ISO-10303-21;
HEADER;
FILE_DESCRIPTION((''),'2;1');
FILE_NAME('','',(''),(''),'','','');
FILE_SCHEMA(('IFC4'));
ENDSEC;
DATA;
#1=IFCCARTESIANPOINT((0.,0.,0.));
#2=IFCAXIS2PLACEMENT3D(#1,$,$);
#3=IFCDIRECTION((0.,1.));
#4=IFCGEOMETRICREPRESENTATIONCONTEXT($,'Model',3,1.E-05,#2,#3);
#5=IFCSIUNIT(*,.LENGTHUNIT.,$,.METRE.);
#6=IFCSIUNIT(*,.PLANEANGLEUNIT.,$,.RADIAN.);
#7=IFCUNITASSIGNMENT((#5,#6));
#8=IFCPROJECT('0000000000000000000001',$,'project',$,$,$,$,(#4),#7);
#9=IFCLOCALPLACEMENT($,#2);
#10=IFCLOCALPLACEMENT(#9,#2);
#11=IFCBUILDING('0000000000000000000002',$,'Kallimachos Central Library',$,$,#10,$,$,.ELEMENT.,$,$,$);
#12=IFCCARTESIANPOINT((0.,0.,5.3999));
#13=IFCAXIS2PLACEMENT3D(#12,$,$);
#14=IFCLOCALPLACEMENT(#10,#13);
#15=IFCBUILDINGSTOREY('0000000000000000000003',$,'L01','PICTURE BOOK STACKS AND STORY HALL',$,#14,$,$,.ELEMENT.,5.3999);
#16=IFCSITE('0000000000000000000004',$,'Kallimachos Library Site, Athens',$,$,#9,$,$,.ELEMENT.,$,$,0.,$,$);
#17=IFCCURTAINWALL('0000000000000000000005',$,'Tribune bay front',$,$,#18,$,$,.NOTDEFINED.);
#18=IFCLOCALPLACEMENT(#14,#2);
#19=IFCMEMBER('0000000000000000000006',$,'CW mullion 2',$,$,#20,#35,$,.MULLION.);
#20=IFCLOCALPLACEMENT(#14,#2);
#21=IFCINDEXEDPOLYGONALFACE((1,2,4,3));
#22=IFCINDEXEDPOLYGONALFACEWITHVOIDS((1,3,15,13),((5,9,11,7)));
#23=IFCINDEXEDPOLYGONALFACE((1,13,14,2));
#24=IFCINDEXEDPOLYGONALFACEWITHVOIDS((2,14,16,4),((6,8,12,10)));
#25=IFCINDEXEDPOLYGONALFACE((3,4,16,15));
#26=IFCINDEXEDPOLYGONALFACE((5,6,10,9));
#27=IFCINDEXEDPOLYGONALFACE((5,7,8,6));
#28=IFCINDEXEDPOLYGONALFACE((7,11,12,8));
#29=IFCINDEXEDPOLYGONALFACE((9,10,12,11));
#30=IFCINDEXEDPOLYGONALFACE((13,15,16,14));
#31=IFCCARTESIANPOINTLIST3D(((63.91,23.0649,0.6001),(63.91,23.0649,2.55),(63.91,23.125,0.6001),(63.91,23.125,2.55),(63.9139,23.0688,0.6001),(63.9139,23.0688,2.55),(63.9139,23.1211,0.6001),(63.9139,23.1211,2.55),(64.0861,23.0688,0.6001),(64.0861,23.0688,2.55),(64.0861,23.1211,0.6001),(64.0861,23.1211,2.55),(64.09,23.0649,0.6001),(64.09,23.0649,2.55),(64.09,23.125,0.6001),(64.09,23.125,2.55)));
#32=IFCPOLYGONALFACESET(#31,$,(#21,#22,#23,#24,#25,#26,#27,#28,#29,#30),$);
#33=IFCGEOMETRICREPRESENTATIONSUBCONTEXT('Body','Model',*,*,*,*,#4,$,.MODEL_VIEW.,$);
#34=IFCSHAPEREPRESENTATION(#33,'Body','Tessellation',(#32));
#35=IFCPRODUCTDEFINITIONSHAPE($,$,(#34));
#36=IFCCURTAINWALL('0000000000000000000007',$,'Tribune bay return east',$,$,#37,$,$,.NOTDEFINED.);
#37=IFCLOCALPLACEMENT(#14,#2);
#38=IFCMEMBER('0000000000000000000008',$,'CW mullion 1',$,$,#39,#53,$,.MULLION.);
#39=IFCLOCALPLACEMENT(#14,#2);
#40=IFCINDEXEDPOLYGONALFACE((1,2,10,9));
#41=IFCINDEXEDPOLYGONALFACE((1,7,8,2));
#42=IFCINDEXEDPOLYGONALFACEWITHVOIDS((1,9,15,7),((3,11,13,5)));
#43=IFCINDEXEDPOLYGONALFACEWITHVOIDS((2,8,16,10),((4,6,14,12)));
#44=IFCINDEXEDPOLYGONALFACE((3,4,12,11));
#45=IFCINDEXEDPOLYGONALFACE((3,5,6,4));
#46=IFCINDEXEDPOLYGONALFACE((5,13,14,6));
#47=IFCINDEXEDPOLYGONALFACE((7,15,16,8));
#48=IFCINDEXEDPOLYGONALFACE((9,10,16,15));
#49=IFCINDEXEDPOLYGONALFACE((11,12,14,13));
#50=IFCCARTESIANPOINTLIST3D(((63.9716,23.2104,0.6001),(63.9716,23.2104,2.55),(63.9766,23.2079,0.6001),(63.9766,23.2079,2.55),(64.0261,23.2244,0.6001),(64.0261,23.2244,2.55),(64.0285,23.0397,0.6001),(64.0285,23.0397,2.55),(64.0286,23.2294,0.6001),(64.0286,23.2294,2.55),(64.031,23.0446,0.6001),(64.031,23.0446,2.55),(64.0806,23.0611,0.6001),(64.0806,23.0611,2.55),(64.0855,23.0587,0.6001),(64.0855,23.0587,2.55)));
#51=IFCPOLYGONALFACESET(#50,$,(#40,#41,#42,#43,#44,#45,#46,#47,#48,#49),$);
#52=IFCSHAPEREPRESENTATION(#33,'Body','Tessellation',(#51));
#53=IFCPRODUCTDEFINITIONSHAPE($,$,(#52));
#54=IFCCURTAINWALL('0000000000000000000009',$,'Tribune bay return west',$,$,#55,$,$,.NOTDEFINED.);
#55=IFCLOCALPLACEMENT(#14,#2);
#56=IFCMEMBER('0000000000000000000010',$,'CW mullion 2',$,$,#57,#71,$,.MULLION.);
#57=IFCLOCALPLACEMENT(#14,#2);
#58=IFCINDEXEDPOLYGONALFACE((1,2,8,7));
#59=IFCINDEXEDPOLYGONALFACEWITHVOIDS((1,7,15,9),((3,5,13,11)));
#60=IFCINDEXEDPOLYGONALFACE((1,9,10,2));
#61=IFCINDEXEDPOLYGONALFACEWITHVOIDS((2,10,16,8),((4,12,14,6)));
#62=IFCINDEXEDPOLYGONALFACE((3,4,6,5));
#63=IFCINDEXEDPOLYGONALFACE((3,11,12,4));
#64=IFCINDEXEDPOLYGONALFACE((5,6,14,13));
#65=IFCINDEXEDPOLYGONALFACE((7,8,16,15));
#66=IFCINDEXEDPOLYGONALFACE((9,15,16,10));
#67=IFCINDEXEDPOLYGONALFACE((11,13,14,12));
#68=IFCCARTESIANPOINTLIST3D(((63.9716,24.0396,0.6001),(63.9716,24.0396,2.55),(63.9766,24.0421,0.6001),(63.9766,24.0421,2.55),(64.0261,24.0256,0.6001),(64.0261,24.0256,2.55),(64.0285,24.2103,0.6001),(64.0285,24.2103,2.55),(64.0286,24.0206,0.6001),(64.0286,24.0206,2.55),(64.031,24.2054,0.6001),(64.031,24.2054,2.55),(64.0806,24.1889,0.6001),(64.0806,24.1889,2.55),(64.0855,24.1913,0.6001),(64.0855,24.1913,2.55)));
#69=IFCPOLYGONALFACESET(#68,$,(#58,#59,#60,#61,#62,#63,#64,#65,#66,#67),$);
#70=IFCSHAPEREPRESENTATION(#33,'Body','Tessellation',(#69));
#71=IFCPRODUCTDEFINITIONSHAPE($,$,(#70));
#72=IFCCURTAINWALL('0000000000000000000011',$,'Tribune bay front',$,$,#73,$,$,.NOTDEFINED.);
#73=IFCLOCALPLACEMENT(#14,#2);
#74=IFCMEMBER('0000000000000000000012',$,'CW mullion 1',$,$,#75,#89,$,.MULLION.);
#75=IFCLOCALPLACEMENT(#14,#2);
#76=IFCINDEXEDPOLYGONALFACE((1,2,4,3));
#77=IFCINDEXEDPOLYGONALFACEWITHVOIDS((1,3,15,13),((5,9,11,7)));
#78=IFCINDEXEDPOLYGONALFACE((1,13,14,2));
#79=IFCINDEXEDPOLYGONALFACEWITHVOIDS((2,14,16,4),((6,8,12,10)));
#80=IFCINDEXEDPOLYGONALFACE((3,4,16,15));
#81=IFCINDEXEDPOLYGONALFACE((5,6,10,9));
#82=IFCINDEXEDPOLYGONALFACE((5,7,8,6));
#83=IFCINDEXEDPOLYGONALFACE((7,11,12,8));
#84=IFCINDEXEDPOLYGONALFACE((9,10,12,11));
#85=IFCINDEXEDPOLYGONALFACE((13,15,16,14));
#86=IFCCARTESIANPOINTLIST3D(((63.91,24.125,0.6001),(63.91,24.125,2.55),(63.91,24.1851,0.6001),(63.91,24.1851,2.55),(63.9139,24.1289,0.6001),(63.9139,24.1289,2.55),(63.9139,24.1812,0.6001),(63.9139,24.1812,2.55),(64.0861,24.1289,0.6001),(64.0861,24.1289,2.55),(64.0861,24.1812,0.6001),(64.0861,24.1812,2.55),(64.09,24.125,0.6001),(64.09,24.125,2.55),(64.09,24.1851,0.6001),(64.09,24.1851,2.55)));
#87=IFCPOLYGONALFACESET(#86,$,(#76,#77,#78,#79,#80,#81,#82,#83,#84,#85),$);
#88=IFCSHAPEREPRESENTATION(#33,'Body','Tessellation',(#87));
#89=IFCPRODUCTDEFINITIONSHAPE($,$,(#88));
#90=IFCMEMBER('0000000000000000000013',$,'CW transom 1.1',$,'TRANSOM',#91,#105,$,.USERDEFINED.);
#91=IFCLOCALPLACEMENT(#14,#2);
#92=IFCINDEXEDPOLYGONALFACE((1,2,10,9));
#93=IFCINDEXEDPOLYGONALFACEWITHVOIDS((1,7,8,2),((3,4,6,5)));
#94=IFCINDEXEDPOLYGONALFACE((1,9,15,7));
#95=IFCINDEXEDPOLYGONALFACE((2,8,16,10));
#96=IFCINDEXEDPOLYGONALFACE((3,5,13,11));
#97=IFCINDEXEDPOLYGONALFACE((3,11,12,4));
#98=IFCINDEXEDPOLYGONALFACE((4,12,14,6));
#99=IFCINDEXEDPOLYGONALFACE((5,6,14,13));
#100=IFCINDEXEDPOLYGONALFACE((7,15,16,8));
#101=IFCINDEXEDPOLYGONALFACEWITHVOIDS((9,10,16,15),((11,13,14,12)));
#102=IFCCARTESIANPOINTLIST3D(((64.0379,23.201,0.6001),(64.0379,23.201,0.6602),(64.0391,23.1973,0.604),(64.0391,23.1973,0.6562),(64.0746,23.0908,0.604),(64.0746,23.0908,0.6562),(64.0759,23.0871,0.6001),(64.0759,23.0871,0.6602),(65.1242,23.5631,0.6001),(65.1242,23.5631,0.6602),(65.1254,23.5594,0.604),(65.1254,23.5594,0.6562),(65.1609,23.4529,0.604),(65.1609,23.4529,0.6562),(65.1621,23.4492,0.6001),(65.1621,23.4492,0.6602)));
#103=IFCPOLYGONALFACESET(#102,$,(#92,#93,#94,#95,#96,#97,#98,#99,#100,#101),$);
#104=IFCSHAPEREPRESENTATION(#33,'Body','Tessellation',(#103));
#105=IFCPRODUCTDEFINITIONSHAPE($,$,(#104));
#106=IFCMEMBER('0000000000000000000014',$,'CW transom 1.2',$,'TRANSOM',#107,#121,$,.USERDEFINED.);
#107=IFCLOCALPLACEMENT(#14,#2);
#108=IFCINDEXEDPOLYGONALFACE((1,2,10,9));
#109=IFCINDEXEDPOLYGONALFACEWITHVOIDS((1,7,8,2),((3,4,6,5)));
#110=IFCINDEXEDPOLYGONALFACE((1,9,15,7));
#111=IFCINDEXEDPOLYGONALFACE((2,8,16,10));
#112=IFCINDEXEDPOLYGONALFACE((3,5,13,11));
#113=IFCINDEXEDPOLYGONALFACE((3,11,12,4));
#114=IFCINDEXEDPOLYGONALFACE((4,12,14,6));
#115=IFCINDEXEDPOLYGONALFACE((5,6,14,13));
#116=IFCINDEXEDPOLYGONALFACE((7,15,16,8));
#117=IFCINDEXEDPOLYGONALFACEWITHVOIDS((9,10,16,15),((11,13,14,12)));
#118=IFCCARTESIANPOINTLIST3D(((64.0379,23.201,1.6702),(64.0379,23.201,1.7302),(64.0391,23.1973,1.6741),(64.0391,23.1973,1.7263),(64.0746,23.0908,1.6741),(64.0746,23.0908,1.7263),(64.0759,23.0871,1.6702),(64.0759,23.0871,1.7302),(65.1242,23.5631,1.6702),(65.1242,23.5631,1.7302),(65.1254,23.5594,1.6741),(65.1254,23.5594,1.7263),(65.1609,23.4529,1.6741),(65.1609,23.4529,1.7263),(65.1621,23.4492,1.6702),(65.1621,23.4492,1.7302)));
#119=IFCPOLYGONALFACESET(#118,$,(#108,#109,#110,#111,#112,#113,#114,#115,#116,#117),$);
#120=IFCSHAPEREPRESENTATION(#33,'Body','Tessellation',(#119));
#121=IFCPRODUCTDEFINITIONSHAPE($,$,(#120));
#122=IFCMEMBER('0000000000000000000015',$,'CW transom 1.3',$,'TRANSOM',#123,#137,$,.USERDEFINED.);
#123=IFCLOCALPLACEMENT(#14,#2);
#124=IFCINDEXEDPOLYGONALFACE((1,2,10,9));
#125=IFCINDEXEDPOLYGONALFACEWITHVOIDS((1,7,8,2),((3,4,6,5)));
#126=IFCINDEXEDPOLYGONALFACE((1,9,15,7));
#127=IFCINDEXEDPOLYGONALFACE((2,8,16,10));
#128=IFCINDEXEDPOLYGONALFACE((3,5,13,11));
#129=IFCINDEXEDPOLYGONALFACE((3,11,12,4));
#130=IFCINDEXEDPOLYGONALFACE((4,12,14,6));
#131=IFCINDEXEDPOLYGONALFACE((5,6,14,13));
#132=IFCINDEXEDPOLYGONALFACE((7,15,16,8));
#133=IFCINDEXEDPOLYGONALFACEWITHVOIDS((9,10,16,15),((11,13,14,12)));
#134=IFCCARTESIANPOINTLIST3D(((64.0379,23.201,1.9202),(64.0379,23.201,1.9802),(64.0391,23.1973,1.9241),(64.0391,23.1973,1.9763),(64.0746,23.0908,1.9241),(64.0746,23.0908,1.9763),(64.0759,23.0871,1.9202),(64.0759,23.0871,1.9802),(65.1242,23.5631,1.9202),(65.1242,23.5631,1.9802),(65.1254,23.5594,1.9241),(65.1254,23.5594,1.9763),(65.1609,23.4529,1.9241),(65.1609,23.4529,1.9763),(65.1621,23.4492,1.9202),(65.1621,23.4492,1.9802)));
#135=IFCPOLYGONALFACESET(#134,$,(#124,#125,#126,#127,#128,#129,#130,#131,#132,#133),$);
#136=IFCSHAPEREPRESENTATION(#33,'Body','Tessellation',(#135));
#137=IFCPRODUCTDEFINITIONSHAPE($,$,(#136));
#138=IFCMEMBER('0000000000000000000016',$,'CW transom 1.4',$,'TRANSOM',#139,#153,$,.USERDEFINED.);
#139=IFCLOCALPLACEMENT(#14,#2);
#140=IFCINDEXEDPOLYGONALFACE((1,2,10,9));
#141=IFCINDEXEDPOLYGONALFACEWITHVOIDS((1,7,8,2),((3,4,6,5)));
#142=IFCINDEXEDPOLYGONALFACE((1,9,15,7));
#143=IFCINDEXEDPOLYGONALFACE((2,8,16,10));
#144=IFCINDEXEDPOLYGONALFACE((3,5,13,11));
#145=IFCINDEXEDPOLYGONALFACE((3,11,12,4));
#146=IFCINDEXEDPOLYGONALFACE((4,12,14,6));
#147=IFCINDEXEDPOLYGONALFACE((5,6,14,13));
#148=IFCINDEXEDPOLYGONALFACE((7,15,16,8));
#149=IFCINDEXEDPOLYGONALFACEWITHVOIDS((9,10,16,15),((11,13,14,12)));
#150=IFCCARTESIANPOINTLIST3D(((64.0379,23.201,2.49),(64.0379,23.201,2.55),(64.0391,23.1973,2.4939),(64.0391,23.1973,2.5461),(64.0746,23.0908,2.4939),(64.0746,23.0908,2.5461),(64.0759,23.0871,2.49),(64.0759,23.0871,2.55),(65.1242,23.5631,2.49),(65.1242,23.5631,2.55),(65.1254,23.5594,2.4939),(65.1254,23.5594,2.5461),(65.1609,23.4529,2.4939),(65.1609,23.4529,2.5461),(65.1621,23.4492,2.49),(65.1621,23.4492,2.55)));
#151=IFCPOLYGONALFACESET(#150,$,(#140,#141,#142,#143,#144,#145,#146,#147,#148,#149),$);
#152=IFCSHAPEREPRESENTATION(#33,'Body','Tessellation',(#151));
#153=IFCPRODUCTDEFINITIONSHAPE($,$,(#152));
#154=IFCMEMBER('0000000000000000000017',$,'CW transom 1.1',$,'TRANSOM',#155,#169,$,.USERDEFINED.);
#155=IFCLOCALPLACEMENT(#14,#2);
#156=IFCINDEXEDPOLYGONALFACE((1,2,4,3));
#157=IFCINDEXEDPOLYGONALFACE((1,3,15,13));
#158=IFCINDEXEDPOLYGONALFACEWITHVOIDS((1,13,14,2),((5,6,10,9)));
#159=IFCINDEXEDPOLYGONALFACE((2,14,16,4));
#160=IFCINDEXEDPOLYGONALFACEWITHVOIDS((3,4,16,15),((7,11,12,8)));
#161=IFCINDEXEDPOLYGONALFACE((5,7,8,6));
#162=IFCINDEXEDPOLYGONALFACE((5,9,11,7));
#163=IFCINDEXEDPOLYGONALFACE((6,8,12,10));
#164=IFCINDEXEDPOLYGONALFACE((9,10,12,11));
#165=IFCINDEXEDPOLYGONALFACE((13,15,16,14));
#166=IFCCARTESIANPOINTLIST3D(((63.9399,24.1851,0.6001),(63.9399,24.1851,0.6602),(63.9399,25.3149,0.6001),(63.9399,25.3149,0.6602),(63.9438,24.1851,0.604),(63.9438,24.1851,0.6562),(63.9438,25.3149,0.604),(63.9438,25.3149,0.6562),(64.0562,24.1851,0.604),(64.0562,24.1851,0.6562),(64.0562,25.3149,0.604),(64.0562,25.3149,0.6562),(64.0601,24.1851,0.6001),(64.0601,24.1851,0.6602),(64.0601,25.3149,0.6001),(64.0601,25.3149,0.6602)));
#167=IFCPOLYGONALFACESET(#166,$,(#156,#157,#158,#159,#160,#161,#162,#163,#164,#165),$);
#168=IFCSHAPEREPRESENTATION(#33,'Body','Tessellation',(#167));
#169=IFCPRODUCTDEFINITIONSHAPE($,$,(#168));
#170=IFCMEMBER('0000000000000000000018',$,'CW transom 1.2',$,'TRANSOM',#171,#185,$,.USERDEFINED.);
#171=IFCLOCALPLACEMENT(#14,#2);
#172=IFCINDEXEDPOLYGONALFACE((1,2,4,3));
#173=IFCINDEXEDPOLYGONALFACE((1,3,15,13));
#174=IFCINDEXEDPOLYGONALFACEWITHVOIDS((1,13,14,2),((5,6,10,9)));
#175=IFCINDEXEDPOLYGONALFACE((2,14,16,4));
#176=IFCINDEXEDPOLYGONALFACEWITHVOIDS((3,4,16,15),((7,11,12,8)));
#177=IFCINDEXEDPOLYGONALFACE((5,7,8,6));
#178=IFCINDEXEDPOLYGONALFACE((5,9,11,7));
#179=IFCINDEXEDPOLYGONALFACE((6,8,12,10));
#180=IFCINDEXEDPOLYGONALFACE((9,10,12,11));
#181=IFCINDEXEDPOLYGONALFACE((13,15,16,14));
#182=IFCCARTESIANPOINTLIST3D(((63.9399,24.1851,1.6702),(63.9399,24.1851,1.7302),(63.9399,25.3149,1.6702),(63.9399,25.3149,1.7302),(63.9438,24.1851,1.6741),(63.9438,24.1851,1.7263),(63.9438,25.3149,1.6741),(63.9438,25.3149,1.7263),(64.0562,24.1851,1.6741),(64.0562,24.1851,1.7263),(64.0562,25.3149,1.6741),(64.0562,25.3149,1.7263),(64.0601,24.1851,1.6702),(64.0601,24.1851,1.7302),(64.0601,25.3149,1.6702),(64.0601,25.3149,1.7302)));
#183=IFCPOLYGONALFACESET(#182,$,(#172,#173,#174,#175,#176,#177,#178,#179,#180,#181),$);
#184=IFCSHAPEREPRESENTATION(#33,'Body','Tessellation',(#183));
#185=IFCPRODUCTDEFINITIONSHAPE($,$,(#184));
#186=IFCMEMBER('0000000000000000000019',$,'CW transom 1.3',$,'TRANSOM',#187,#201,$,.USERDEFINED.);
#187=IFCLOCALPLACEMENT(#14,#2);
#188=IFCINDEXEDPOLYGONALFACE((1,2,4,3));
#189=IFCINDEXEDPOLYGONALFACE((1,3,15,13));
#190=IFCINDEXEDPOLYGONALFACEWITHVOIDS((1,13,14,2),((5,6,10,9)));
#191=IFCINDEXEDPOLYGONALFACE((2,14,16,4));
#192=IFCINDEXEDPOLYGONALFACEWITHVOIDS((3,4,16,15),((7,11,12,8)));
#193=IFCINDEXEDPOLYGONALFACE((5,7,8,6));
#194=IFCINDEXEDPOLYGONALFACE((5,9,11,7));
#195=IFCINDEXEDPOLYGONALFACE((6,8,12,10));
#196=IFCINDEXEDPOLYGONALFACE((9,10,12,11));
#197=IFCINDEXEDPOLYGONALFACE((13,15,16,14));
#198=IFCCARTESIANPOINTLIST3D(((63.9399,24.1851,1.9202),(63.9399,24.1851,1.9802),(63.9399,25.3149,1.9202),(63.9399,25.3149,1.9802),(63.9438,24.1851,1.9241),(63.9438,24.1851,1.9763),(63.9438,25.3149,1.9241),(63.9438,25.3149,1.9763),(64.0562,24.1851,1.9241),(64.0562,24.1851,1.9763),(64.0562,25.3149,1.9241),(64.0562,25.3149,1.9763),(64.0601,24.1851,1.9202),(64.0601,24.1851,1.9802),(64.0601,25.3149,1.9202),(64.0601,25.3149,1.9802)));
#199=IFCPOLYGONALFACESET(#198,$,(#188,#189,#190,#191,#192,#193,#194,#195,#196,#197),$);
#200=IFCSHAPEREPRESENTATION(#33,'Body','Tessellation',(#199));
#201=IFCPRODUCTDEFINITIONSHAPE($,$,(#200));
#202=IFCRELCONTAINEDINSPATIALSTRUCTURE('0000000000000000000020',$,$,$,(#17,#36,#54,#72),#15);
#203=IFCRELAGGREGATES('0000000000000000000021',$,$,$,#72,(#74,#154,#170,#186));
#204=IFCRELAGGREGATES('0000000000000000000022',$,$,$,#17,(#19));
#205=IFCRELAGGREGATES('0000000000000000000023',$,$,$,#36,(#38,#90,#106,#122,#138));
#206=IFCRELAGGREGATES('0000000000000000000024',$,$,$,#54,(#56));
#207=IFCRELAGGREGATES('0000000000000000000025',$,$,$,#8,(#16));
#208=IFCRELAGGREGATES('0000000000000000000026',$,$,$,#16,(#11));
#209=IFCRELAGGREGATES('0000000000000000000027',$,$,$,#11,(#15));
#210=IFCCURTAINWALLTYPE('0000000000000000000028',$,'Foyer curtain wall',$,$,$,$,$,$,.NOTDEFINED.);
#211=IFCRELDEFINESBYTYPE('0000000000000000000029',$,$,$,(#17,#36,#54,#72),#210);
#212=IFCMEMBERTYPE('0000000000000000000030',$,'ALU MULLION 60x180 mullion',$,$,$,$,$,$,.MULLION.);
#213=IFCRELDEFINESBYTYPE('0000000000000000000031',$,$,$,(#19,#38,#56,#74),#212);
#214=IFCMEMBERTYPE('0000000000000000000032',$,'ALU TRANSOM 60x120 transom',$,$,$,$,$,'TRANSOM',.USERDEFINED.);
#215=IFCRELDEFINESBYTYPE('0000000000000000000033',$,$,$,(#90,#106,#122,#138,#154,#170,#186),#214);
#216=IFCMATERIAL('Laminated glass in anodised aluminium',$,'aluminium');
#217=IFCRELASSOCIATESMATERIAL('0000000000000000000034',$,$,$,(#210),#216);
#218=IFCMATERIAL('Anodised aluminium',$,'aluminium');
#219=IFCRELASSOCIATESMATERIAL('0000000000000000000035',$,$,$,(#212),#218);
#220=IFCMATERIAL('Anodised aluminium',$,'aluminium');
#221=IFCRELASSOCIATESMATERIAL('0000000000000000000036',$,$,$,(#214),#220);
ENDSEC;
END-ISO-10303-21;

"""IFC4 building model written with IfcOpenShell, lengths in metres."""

from ifc_helpers import new_model, si_unit, direction, frame, origin, origin_2d, place, context, subcontext, project, spatial, hollow_rectangle, extrude, material, material_profile, profile_set, type_object, element, aggregate, save


model = new_model("IFC4")

# Units and contexts
model_context = context("Model", 3, precision=1e-05, world=origin(), true_north=direction((0.0, 1.0)))
body_context = subcontext(model_context, "Body", "Model", "MODEL_VIEW")
ifc_project = project(units=[si_unit("LENGTHUNIT", "METRE"), si_unit("PLANEANGLEUNIT", "RADIAN")], contexts=[model_context])

# Site, building, storey
site_placement = place(None, origin())
site = spatial("IfcSite", under=ifc_project, at=site_placement, Name="Kallimachos Library Site, Athens", CompositionType="ELEMENT", RefElevation=0.0)
building_placement = place(site_placement, origin())
building = spatial("IfcBuilding", under=site, at=building_placement, Name="Kallimachos Central Library", CompositionType="ELEMENT")
storey_placement = place(building_placement, frame((0.0, 0.0, 5.3999)))
storey = spatial("IfcBuildingStorey", under=building, at=storey_placement, Name="L01", Description="PICTURE BOOK STACKS AND STORY HALL", CompositionType="ELEMENT", Elevation=5.3999)

# Curtain walls, members
ifc_material_1 = material(Name="Laminated glass in anodised aluminium", Category="aluminium")
curtain_wall_type = type_object("IfcCurtainWallType", Name="Foyer curtain wall", PredefinedType="NOTDEFINED", material=ifc_material_1)
curtain_wall_1_placement = place(storey_placement, origin())
curtain_wall_1 = element("IfcCurtainWall", 1, at=curtain_wall_1_placement, inside=storey, type_object=curtain_wall_type, Name="Tribune bay front", PredefinedType="NOTDEFINED")
ifc_material_2 = material(Name="Anodised aluminium", Category="aluminium")
ifc_material_profile_1 = material_profile(ifc_material_2, hollow_rectangle(XDim=0.0601, YDim=0.1799, WallThickness=0.0039, at=origin_2d()), Name="ALU MULLION 60x180")
ifc_profile_set_1 = profile_set([ifc_material_profile_1], Name="Anodised aluminium")
member_type_1 = type_object("IfcMemberType", Name="ALU MULLION 60x180 mullion", PredefinedType="MULLION", material=ifc_profile_set_1)
member_1_placement = place(storey_placement, frame((64.0, 23.095, 0.6001), z_axis=(0.0, 0.0, 1.0), x_axis=(0.0, 1.0, 0.0)))
member_1 = element("IfcMember", 2, at=member_1_placement, type_object=member_type_1, Name="CW mullion 2", PredefinedType="MULLION", context=body_context, shape_type="SweptSolid", body=[
    extrude(hollow_rectangle(XDim=0.0601, YDim=0.1799, WallThickness=0.0039, at=origin_2d()), origin(), (0.0, 0.0, 1.0), 1.95),
])
curtain_wall_2_placement = place(storey_placement, origin())
curtain_wall_2 = element("IfcCurtainWall", 3, at=curtain_wall_2_placement, inside=storey, type_object=curtain_wall_type, Name="Tribune bay return east", PredefinedType="NOTDEFINED")
member_2_placement = place(storey_placement, frame((64.0286, 23.1345, 0.6001), z_axis=(0.0, 0.0, 1.0), x_axis=(0.948683, 0.316228, 0.0)))
member_2 = element("IfcMember", 4, at=member_2_placement, type_object=member_type_1, Name="CW mullion 1", PredefinedType="MULLION", context=body_context, shape_type="SweptSolid", body=[
    extrude(hollow_rectangle(XDim=0.0601, YDim=0.1799, WallThickness=0.0039, at=origin_2d()), origin(), (0.0, 0.0, 1.0), 1.95),
])
curtain_wall_3_placement = place(storey_placement, origin())
curtain_wall_3 = element("IfcCurtainWall", 5, at=curtain_wall_3_placement, inside=storey, type_object=curtain_wall_type, Name="Tribune bay return west", PredefinedType="NOTDEFINED")
member_3_placement = place(storey_placement, frame((64.0286, 24.1155, 0.6001), z_axis=(0.0, 0.0, 1.0), x_axis=(-0.948683, 0.316228, 0.0)))
member_3 = element("IfcMember", 6, at=member_3_placement, type_object=member_type_1, Name="CW mullion 2", PredefinedType="MULLION", context=body_context, shape_type="SweptSolid", body=[
    extrude(hollow_rectangle(XDim=0.0601, YDim=0.1799, WallThickness=0.0039, at=origin_2d()), origin(), (0.0, 0.0, 1.0), 1.95),
])
curtain_wall_4_placement = place(storey_placement, origin())
curtain_wall_4 = element("IfcCurtainWall", 7, at=curtain_wall_4_placement, inside=storey, type_object=curtain_wall_type, Name="Tribune bay front", PredefinedType="NOTDEFINED")
member_4_placement = place(storey_placement, frame((64.0, 24.155, 0.6001), z_axis=(0.0, 0.0, 1.0), x_axis=(0.0, 1.0, 0.0)))
member_4 = element("IfcMember", 8, at=member_4_placement, type_object=member_type_1, Name="CW mullion 1", PredefinedType="MULLION", context=body_context, shape_type="SweptSolid", body=[
    extrude(hollow_rectangle(XDim=0.0601, YDim=0.1799, WallThickness=0.0039, at=origin_2d()), origin(), (0.0, 0.0, 1.0), 1.95),
])

# Members
ifc_material_3 = material(Name="Anodised aluminium", Category="aluminium")
ifc_material_profile_2 = material_profile(ifc_material_3, hollow_rectangle(XDim=0.0601, YDim=0.1201, WallThickness=0.0039, at=origin_2d()), Name="ALU TRANSOM 60x120")
ifc_profile_set_2 = profile_set([ifc_material_profile_2], Name="Anodised aluminium")
member_type_2 = type_object("IfcMemberType", Name="ALU TRANSOM 60x120 transom", ElementType="TRANSOM", PredefinedType="USERDEFINED", material=ifc_profile_set_2)
member_5_placement = place(storey_placement, frame((64.0569, 23.144, 0.6301), z_axis=(0.948683, 0.316228, 0.0), x_axis=(0.0, 0.0, 1.0)))
member_5 = element("IfcMember", 9, at=member_5_placement, type_object=member_type_2, Name="CW transom 1.1", ObjectType="TRANSOM", PredefinedType="USERDEFINED", context=body_context, shape_type="SweptSolid", body=[
    extrude(hollow_rectangle(XDim=0.0601, YDim=0.1201, WallThickness=0.0039, at=origin_2d()), origin(), (0.0, 0.0, 1.0), 1.145),
])
member_6_placement = place(storey_placement, frame((64.0569, 23.144, 1.7002), z_axis=(0.948683, 0.316228, 0.0), x_axis=(0.0, 0.0, 1.0)))
member_6 = element("IfcMember", 10, at=member_6_placement, type_object=member_type_2, Name="CW transom 1.2", ObjectType="TRANSOM", PredefinedType="USERDEFINED", context=body_context, shape_type="SweptSolid", body=[
    extrude(hollow_rectangle(XDim=0.0601, YDim=0.1201, WallThickness=0.0039, at=origin_2d()), origin(), (0.0, 0.0, 1.0), 1.145),
])
member_7_placement = place(storey_placement, frame((64.0569, 23.144, 1.9502), z_axis=(0.948683, 0.316228, 0.0), x_axis=(0.0, 0.0, 1.0)))
member_7 = element("IfcMember", 11, at=member_7_placement, type_object=member_type_2, Name="CW transom 1.3", ObjectType="TRANSOM", PredefinedType="USERDEFINED", context=body_context, shape_type="SweptSolid", body=[
    extrude(hollow_rectangle(XDim=0.0601, YDim=0.1201, WallThickness=0.0039, at=origin_2d()), origin(), (0.0, 0.0, 1.0), 1.145),
])
member_8_placement = place(storey_placement, frame((64.0569, 23.144, 2.52), z_axis=(0.948683, 0.316228, 0.0), x_axis=(0.0, 0.0, 1.0)))
member_8 = element("IfcMember", 12, at=member_8_placement, type_object=member_type_2, Name="CW transom 1.4", ObjectType="TRANSOM", PredefinedType="USERDEFINED", context=body_context, shape_type="SweptSolid", body=[
    extrude(hollow_rectangle(XDim=0.0601, YDim=0.1201, WallThickness=0.0039, at=origin_2d()), origin(), (0.0, 0.0, 1.0), 1.145),
])
member_9_placement = place(storey_placement, frame((64.0, 24.1851, 0.6301), z_axis=(0.0, 1.0, 0.0), x_axis=(0.0, 0.0, 1.0)))
member_9 = element("IfcMember", 13, at=member_9_placement, type_object=member_type_2, Name="CW transom 1.1", ObjectType="TRANSOM", PredefinedType="USERDEFINED", context=body_context, shape_type="SweptSolid", body=[
    extrude(hollow_rectangle(XDim=0.0601, YDim=0.1201, WallThickness=0.0039, at=origin_2d()), origin(), (0.0, 0.0, 1.0), 1.1299),
])
member_10_placement = place(storey_placement, frame((64.0, 24.1851, 1.7002), z_axis=(0.0, 1.0, 0.0), x_axis=(0.0, 0.0, 1.0)))
member_10 = element("IfcMember", 14, at=member_10_placement, type_object=member_type_2, Name="CW transom 1.2", ObjectType="TRANSOM", PredefinedType="USERDEFINED", context=body_context, shape_type="SweptSolid", body=[
    extrude(hollow_rectangle(XDim=0.0601, YDim=0.1201, WallThickness=0.0039, at=origin_2d()), origin(), (0.0, 0.0, 1.0), 1.1299),
])
member_11_placement = place(storey_placement, frame((64.0, 24.1851, 1.9502), z_axis=(0.0, 1.0, 0.0), x_axis=(0.0, 0.0, 1.0)))
member_11 = element("IfcMember", 15, at=member_11_placement, type_object=member_type_2, Name="CW transom 1.3", ObjectType="TRANSOM", PredefinedType="USERDEFINED", context=body_context, shape_type="SweptSolid", body=[
    extrude(hollow_rectangle(XDim=0.0601, YDim=0.1201, WallThickness=0.0039, at=origin_2d()), origin(), (0.0, 0.0, 1.0), 1.1299),
])
aggregate(curtain_wall_4, [member_4, member_9, member_10, member_11])

aggregate(curtain_wall_1, [member_1])
aggregate(curtain_wall_2, [member_2, member_5, member_6, member_7, member_8])
aggregate(curtain_wall_3, [member_3])

save(model, "model.ifc")
